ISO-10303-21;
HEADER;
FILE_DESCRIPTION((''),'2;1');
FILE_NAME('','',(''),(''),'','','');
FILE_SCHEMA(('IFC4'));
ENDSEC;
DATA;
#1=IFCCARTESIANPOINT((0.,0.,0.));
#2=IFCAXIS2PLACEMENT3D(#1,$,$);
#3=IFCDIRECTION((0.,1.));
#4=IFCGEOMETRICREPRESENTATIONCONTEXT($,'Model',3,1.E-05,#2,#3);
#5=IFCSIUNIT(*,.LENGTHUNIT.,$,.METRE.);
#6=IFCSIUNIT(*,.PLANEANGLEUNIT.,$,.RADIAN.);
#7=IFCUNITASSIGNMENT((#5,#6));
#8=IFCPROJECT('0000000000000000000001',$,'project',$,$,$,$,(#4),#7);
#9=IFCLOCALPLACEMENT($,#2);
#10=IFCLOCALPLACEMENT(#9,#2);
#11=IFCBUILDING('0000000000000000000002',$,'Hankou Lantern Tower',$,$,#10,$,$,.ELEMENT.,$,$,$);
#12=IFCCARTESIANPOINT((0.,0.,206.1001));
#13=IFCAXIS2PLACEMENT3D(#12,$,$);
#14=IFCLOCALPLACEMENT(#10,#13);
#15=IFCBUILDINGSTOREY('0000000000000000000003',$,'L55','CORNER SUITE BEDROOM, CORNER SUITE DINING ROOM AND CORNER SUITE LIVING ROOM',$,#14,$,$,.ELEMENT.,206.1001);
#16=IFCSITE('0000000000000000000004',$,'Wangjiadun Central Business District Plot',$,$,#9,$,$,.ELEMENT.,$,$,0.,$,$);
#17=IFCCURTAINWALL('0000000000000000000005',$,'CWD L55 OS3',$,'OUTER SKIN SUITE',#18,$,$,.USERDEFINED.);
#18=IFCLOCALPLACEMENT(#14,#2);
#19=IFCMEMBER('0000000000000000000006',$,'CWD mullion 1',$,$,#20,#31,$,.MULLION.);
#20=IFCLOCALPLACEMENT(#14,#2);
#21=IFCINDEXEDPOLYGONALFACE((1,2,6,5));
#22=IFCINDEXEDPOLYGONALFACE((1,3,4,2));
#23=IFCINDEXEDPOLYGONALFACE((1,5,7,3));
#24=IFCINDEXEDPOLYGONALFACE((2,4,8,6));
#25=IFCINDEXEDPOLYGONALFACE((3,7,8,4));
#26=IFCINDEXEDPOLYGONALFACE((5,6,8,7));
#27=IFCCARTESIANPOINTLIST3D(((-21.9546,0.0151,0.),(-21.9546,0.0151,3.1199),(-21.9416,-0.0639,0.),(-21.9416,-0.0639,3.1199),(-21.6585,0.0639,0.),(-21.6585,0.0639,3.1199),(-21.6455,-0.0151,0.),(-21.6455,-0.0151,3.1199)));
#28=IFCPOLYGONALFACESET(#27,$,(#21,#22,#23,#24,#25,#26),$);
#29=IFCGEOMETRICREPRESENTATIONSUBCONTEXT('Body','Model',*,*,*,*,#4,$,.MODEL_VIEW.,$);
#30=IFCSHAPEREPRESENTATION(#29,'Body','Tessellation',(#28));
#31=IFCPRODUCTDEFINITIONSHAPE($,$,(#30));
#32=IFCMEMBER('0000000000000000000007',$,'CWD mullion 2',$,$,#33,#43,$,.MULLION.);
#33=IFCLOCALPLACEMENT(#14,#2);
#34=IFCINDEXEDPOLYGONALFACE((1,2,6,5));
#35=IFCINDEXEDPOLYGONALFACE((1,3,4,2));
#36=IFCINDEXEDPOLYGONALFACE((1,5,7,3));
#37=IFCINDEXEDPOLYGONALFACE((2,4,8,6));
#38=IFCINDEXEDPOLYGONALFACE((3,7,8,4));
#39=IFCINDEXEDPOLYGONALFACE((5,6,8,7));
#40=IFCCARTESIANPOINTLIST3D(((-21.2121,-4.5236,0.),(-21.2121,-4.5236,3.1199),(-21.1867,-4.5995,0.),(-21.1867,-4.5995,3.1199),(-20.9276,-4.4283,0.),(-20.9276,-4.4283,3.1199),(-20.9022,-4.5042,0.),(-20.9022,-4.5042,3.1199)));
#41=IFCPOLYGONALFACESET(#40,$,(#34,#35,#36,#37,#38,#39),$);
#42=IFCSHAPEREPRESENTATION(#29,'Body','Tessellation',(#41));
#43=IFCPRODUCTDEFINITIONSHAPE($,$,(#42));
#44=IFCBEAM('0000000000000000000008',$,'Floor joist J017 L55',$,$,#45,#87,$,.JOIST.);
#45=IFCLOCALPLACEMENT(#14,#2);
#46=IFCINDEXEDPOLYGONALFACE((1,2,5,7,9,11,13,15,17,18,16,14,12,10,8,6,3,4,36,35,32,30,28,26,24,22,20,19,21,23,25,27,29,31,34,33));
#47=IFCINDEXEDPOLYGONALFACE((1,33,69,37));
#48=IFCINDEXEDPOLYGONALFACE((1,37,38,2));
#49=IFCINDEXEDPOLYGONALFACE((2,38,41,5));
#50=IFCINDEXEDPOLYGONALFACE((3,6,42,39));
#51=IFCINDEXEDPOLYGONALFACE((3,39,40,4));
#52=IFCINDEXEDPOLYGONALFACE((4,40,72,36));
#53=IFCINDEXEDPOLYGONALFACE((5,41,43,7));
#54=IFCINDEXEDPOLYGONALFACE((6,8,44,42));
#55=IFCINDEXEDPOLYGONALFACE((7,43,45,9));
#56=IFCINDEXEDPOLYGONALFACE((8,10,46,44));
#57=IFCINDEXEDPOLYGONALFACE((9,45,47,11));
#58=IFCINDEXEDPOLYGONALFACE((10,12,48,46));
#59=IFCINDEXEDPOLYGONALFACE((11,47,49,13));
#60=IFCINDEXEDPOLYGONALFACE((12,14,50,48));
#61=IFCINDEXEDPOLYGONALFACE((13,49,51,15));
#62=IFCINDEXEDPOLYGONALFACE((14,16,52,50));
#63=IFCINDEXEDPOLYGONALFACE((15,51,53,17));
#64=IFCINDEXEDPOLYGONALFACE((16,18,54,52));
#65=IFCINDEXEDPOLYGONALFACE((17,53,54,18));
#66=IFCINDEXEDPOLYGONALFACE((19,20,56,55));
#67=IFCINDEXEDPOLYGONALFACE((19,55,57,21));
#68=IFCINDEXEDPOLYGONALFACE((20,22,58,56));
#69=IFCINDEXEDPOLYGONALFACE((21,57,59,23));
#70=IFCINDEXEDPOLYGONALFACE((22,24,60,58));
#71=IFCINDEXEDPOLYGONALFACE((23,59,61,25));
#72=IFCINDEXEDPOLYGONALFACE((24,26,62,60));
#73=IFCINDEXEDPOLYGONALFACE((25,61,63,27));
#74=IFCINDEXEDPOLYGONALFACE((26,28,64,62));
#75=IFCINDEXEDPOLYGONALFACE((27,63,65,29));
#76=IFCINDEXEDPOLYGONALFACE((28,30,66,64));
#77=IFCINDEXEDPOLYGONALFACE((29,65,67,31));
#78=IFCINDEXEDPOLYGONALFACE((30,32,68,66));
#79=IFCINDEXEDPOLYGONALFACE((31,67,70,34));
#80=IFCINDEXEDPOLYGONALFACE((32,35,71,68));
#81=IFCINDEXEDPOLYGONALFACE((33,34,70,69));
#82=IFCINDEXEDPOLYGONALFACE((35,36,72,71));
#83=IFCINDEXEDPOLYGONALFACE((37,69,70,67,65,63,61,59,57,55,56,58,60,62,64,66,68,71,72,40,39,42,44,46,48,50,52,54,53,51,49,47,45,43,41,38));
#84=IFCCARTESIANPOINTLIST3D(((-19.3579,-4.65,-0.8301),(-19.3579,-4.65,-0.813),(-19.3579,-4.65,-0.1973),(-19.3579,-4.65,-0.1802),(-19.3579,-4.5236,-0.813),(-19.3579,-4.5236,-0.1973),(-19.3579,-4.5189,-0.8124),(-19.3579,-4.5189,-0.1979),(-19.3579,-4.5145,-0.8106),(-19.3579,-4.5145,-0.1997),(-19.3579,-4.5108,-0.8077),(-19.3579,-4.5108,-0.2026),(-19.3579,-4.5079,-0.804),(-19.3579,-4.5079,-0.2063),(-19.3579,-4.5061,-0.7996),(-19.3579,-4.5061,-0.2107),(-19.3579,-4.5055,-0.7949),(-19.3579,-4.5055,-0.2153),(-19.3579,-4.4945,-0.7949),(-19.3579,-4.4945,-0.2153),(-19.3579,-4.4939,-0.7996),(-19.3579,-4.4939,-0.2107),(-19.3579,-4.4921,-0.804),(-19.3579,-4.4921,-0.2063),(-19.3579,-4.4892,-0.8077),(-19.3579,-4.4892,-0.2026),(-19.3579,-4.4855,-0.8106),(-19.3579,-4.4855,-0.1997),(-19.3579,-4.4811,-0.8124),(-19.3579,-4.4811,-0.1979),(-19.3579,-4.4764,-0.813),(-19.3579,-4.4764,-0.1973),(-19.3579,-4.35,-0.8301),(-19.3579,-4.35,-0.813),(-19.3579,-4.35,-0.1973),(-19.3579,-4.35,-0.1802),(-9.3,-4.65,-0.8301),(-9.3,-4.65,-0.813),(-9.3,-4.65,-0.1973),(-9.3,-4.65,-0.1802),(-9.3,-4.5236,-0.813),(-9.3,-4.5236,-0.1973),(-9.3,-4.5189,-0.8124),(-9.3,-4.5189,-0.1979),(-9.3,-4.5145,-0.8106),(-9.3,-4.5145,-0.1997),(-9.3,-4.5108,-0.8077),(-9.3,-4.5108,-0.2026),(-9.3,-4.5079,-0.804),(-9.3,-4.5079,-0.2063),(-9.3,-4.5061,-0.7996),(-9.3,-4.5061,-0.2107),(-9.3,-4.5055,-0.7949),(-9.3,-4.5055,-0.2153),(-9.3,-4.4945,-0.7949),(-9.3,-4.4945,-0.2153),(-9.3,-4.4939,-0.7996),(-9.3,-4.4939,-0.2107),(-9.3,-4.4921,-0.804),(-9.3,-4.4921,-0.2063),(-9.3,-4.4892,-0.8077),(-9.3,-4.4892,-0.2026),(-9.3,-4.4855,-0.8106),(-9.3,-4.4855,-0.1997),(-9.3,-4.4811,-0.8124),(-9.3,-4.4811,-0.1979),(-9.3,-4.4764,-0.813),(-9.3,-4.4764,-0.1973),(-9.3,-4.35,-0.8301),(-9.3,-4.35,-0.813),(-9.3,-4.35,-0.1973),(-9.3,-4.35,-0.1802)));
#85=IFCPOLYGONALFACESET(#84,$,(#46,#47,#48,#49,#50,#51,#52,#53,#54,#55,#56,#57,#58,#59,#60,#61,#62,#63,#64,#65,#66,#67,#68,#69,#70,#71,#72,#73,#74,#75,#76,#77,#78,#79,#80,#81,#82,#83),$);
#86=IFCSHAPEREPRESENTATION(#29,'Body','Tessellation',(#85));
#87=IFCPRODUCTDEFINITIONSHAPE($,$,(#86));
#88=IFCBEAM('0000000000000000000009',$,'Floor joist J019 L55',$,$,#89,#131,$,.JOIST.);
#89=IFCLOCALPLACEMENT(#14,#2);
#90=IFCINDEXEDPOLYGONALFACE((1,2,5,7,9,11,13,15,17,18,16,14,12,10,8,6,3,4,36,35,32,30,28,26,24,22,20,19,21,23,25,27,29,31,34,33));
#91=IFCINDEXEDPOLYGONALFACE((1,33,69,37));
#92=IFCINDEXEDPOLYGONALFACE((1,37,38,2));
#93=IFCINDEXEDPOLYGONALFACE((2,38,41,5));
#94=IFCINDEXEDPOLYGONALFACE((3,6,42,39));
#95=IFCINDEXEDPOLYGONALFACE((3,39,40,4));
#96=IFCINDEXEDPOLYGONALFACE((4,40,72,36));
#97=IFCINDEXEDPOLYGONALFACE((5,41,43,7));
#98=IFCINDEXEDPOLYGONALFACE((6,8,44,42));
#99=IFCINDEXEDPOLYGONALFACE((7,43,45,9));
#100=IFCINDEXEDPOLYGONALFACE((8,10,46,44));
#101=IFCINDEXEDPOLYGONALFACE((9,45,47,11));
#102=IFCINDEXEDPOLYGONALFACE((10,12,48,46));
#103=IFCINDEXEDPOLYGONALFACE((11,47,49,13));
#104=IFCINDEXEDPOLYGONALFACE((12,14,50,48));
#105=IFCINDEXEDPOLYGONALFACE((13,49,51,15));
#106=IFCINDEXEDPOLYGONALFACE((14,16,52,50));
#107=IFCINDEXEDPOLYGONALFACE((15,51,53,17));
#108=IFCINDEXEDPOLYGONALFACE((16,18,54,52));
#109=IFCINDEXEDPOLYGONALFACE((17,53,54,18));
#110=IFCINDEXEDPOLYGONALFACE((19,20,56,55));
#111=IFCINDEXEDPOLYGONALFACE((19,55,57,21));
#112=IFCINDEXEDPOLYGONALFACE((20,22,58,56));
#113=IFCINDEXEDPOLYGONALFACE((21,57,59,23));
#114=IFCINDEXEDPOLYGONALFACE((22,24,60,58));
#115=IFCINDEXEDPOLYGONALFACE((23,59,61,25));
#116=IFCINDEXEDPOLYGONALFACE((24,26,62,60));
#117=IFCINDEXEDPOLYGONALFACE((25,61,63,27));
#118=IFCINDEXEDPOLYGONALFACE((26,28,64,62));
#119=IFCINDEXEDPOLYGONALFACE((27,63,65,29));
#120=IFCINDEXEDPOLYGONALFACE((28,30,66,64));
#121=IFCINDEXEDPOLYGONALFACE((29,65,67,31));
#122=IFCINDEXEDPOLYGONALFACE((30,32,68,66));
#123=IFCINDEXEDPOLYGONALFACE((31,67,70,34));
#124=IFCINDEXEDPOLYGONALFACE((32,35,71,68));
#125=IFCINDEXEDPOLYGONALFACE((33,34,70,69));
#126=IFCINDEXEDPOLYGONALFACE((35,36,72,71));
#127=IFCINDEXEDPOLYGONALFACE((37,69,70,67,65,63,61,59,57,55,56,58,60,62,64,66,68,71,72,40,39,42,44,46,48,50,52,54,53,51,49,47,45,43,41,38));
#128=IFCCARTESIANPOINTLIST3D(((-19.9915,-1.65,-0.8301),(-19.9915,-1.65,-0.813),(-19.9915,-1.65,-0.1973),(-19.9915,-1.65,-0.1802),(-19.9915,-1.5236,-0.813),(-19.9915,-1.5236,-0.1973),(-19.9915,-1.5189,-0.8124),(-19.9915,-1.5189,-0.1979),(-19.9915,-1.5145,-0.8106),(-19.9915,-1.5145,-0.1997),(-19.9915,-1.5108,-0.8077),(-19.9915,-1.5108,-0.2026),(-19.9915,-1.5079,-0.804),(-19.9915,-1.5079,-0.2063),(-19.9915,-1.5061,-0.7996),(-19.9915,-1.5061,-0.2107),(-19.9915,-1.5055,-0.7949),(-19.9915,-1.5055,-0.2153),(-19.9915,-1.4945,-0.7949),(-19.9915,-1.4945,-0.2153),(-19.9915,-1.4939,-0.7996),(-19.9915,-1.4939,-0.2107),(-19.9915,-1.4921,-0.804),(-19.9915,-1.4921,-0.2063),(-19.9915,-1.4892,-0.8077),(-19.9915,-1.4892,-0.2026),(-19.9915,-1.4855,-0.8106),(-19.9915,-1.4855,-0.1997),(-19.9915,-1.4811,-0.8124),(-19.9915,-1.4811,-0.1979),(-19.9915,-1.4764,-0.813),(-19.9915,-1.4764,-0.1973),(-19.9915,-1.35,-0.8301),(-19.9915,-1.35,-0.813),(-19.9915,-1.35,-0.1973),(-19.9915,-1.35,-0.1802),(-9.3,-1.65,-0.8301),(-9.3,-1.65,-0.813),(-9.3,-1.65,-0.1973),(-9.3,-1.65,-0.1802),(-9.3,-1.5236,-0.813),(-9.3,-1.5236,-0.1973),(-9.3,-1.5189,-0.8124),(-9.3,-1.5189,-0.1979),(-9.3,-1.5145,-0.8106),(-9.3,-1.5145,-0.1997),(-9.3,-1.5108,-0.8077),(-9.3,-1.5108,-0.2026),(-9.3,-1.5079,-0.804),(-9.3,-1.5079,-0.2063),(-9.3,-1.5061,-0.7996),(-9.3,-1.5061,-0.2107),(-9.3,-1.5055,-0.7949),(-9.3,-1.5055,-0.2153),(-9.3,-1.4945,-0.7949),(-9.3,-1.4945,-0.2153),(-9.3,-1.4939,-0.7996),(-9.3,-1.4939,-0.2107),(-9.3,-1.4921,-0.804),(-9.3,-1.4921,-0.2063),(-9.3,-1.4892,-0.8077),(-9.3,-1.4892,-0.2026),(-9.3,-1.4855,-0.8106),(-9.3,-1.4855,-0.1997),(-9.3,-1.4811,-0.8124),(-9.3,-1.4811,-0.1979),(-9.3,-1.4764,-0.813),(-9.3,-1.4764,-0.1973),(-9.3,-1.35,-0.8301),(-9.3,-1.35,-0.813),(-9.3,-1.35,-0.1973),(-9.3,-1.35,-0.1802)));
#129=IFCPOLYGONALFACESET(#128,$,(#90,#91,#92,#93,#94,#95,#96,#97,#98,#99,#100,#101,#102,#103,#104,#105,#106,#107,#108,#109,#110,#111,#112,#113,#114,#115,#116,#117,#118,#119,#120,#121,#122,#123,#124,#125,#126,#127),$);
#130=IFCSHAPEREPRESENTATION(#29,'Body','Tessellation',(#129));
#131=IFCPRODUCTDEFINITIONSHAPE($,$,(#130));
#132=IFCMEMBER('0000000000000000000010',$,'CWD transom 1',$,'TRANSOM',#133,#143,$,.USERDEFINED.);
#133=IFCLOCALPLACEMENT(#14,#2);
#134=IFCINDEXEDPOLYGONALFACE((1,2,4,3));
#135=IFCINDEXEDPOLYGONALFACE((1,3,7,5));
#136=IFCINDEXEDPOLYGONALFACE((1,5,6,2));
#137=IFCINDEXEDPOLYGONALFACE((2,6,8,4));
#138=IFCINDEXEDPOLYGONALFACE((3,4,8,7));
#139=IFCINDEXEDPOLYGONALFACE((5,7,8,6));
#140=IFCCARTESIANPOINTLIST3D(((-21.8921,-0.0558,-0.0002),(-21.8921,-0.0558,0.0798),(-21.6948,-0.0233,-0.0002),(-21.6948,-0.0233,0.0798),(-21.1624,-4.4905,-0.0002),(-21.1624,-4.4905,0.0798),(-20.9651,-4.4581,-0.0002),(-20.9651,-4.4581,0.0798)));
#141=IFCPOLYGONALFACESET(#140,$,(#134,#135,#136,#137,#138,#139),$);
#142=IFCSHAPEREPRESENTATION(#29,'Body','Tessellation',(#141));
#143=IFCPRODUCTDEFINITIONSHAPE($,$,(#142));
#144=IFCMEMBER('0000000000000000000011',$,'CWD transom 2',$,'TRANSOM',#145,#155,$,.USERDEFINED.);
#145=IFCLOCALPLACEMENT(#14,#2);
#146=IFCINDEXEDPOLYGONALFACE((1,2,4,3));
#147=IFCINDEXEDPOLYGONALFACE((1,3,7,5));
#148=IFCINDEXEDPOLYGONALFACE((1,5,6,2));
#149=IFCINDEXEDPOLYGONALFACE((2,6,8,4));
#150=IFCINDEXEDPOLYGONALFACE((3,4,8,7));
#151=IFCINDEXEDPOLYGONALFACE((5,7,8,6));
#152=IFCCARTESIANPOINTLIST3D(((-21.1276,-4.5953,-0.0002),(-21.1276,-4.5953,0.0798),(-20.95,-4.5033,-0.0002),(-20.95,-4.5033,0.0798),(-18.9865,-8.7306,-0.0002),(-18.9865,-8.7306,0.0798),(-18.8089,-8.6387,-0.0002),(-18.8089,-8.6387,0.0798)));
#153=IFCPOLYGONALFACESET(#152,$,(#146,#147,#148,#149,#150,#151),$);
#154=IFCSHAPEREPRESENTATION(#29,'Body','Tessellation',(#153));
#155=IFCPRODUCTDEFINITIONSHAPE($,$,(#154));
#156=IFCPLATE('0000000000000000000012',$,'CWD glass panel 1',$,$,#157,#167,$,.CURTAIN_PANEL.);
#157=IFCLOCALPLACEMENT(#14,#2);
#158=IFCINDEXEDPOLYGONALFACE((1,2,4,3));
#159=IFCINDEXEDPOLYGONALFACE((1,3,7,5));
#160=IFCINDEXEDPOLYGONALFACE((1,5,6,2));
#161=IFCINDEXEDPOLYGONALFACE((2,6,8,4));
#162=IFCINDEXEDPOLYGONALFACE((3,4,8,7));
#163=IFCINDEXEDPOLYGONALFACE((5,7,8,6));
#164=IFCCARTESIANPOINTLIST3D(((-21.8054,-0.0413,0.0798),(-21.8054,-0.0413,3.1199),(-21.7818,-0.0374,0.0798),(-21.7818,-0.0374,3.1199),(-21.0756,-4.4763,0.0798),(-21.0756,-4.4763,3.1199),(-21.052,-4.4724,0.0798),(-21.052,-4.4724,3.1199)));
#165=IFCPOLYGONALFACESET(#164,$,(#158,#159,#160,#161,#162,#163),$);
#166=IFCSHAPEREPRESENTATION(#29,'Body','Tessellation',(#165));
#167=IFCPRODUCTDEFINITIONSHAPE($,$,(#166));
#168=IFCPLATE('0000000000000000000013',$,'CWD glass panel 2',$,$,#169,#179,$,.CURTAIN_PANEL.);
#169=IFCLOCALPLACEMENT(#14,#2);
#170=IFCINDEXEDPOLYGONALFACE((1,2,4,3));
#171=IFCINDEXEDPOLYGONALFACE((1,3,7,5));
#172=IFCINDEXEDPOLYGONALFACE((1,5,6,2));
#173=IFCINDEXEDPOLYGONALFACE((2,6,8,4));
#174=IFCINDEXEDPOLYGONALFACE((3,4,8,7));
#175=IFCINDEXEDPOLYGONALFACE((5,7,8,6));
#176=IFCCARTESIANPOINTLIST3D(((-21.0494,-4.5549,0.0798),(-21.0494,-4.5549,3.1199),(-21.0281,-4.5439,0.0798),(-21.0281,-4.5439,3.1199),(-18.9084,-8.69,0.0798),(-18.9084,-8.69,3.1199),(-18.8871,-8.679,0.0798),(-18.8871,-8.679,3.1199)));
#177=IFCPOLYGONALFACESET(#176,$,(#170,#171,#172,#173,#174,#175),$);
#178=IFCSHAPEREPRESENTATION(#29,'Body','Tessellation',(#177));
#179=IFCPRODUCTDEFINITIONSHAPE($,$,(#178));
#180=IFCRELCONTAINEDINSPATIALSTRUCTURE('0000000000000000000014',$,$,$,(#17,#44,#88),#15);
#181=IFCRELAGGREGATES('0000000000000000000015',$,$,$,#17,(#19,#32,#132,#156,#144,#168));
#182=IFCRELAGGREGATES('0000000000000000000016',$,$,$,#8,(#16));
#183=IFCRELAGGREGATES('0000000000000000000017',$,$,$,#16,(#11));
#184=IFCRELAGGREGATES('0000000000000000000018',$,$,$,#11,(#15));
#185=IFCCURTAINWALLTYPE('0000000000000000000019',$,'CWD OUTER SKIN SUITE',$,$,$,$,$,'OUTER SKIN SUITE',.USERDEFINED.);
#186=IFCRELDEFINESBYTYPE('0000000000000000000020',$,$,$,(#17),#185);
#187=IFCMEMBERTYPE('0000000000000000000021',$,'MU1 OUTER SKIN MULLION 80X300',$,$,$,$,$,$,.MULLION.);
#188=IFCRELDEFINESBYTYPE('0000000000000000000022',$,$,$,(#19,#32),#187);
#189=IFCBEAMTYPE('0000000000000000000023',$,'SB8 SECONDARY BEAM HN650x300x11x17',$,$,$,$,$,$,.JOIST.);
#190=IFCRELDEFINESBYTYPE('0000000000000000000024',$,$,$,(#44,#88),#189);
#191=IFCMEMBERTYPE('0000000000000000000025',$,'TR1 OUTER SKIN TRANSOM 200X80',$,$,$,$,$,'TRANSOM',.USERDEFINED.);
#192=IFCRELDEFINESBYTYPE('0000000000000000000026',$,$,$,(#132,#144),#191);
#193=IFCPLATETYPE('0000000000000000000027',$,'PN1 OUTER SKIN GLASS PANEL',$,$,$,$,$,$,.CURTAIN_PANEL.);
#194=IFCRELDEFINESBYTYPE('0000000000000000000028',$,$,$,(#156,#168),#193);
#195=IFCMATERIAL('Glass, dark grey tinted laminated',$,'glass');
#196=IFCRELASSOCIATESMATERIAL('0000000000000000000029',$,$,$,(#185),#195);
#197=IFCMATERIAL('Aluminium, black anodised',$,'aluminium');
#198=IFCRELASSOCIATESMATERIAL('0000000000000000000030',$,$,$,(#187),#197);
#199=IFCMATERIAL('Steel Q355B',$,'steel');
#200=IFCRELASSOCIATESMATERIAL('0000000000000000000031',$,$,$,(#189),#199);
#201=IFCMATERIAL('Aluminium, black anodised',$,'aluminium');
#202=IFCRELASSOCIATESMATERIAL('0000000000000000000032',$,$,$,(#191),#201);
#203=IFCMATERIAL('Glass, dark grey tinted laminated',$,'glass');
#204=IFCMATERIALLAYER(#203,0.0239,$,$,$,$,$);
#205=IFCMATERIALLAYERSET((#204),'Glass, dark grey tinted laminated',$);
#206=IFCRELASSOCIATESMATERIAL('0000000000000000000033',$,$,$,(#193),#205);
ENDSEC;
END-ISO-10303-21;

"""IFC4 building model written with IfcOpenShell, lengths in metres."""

from ifc_helpers import new_model, si_unit, direction, frame, origin, origin_2d, place, context, subcontext, project, spatial, rectangle, i_section, extrude, material, layer, layer_set, material_profile, profile_set, type_object, element, aggregate, save


model = new_model("IFC4")

# Units and contexts
model_context = context("Model", 3, precision=1e-05, world=origin(), true_north=direction((0.0, 1.0)))
body_context = subcontext(model_context, "Body", "Model", "MODEL_VIEW")
ifc_project = project(units=[si_unit("LENGTHUNIT", "METRE"), si_unit("PLANEANGLEUNIT", "RADIAN")], contexts=[model_context])

# Site, building, storey
site_placement = place(None, origin())
site = spatial("IfcSite", under=ifc_project, at=site_placement, Name="Wangjiadun Central Business District Plot", CompositionType="ELEMENT", RefElevation=0.0)
building_placement = place(site_placement, origin())
building = spatial("IfcBuilding", under=site, at=building_placement, Name="Hankou Lantern Tower", CompositionType="ELEMENT")
storey_placement = place(building_placement, frame((0.0, 0.0, 206.1001)))
storey = spatial("IfcBuildingStorey", under=building, at=storey_placement, Name="L55", Description="CORNER SUITE BEDROOM, CORNER SUITE DINING ROOM AND CORNER SUITE LIVING ROOM", CompositionType="ELEMENT", Elevation=206.1001)

# Curtain wall, members
ifc_material_1 = material(Name="Glass, dark grey tinted laminated", Category="glass")
curtain_wall_type = type_object("IfcCurtainWallType", Name="CWD OUTER SKIN SUITE", ElementType="OUTER SKIN SUITE", PredefinedType="USERDEFINED", material=ifc_material_1)
curtain_wall_placement = place(storey_placement, origin())
curtain_wall = element("IfcCurtainWall", 1, at=curtain_wall_placement, inside=storey, type_object=curtain_wall_type, Name="CWD L55 OS3", ObjectType="OUTER SKIN SUITE", PredefinedType="USERDEFINED")
ifc_material_2 = material(Name="Aluminium, black anodised", Category="aluminium")
ifc_material_profile_1 = material_profile(ifc_material_2, rectangle(XDim=0.0801, YDim=0.3, at=origin_2d()), Name="MU1 80X300")
ifc_profile_set_1 = profile_set([ifc_material_profile_1], Name="Aluminium, black anodised")
member_type_1 = type_object("IfcMemberType", Name="MU1 OUTER SKIN MULLION 80X300", PredefinedType="MULLION", material=ifc_profile_set_1)
member_1_placement = place(storey_placement, frame((-21.8, 0.0, 0.0), z_axis=(0.0, 0.0, 1.0), x_axis=(0.162382, -0.986728, 0.0)))
member_1 = element("IfcMember", 2, at=member_1_placement, type_object=member_type_1, Name="CWD mullion 1", PredefinedType="MULLION", context=body_context, shape_type="SweptSolid", body=[
    extrude(rectangle(XDim=0.0801, YDim=0.3, at=origin_2d()), origin(), (0.0, 0.0, 1.0), 3.1199),
])
member_2_placement = place(storey_placement, frame((-21.0571, -4.5139, 0.0), z_axis=(0.0, 0.0, 1.0), x_axis=(0.317596, -0.948226, 0.0)))
member_2 = element("IfcMember", 3, at=member_2_placement, type_object=member_type_1, Name="CWD mullion 2", PredefinedType="MULLION", context=body_context, shape_type="SweptSolid", body=[
    extrude(rectangle(XDim=0.0801, YDim=0.3, at=origin_2d()), origin(), (0.0, 0.0, 1.0), 3.1199),
])

# Beams
ifc_material_3 = material(Name="Steel Q355B", Category="steel")
ifc_material_profile_2 = material_profile(ifc_material_3, i_section(OverallWidth=0.3, OverallDepth=0.6499, WebThickness=0.011, FlangeThickness=0.0171, FilletRadius=0.0181, at=origin_2d()), Name="HN650x300x11x17")
ifc_profile_set_2 = profile_set([ifc_material_profile_2], Name="Steel Q355B")
beam_type_1 = type_object("IfcBeamType", Name="SB8 SECONDARY BEAM HN650x300x11x17", PredefinedType="JOIST", material=ifc_profile_set_2)
beam_1_placement = place(storey_placement, frame((-19.3579, -4.5, -0.5051), z_axis=(1.0, 0.0, 0.0), x_axis=(0.0, 1.0, 0.0)))
element("IfcBeam", 4, at=beam_1_placement, inside=storey, type_object=beam_type_1, Name="Floor joist J017 L55", PredefinedType="JOIST", context=body_context, shape_type="SweptSolid", body=[
    extrude(i_section(OverallWidth=0.3, OverallDepth=0.6499, WebThickness=0.011, FlangeThickness=0.0171, FilletRadius=0.0181, at=origin_2d()), origin(), (0.0, 0.0, 1.0), 10.0579),
])
beam_2_placement = place(storey_placement, frame((-19.9915, -1.5, -0.5051), z_axis=(1.0, 0.0, 0.0), x_axis=(0.0, 1.0, 0.0)))
element("IfcBeam", 5, at=beam_2_placement, inside=storey, type_object=beam_type_1, Name="Floor joist J019 L55", PredefinedType="JOIST", context=body_context, shape_type="SweptSolid", body=[
    extrude(i_section(OverallWidth=0.3, OverallDepth=0.6499, WebThickness=0.011, FlangeThickness=0.0171, FilletRadius=0.0181, at=origin_2d()), origin(), (0.0, 0.0, 1.0), 10.6914),
])

# Members
ifc_material_4 = material(Name="Aluminium, black anodised", Category="aluminium")
ifc_material_profile_3 = material_profile(ifc_material_4, rectangle(XDim=0.2, YDim=0.0801, at=origin_2d()), Name="TR1 200X80")
ifc_profile_set_3 = profile_set([ifc_material_profile_3], Name="Aluminium, black anodised")
member_type_2 = type_object("IfcMemberType", Name="TR1 OUTER SKIN TRANSOM 200X80", ElementType="TRANSOM", PredefinedType="USERDEFINED", material=ifc_profile_set_3)
member_3_placement = place(storey_placement, frame((-21.7935, -0.0396, 0.0398), z_axis=(0.162364, -0.986731, 0.0), x_axis=(0.986731, 0.162364, 0.0)))
member_3 = element("IfcMember", 6, at=member_3_placement, type_object=member_type_2, Name="CWD transom 1", ObjectType="TRANSOM", PredefinedType="USERDEFINED", context=body_context, shape_type="SweptSolid", body=[
    extrude(rectangle(XDim=0.2, YDim=0.0801, at=origin_2d()), origin(), (0.0, 0.0, 1.0), 4.4944),
])
member_4_placement = place(storey_placement, frame((-21.0388, -4.5493, 0.0398), z_axis=(0.459794, -0.888026, 0.0), x_axis=(0.888026, 0.459794, 0.0)))
member_4 = element("IfcMember", 7, at=member_4_placement, type_object=member_type_2, Name="CWD transom 2", ObjectType="TRANSOM", PredefinedType="USERDEFINED", context=body_context, shape_type="SweptSolid", body=[
    extrude(rectangle(XDim=0.2, YDim=0.0801, at=origin_2d()), origin(), (0.0, 0.0, 1.0), 4.6567),
])

# Plates
ifc_material_5 = material(Name="Glass, dark grey tinted laminated", Category="glass")
ifc_layer_1 = layer(ifc_material_5, 0.0239)
ifc_layer_set_1 = layer_set([ifc_layer_1], Name="Glass, dark grey tinted laminated")
plate_type = type_object("IfcPlateType", Name="PN1 OUTER SKIN GLASS PANEL", PredefinedType="CURTAIN_PANEL", material=ifc_layer_set_1)
plate_1_placement = place(storey_placement, frame((-21.4287, -2.2568, 0.0798), z_axis=(0.0, 0.0, 1.0), x_axis=(0.162382, -0.986728, 0.0)))
plate_1 = element("IfcPlate", 8, at=plate_1_placement, type_object=plate_type, Name="CWD glass panel 1", PredefinedType="CURTAIN_PANEL", context=body_context, shape_type="SweptSolid", body=[
    extrude(rectangle(XDim=4.4946, YDim=0.0239, at=origin_2d()), origin(), (0.0, 0.0, 1.0), 3.04),
])
plate_2_placement = place(storey_placement, frame((-19.9683, -6.6169, 0.0798), z_axis=(0.0, 0.0, 1.0), x_axis=(0.459791, -0.888027, 0.0)))
plate_2 = element("IfcPlate", 9, at=plate_2_placement, type_object=plate_type, Name="CWD glass panel 2", PredefinedType="CURTAIN_PANEL", context=body_context, shape_type="SweptSolid", body=[
    extrude(rectangle(XDim=4.6565, YDim=0.0239, at=origin_2d()), origin(), (0.0, 0.0, 1.0), 3.04),
])
aggregate(curtain_wall, [member_1, member_2, member_3, plate_1, member_4, plate_2])

save(model, "model.ifc")
